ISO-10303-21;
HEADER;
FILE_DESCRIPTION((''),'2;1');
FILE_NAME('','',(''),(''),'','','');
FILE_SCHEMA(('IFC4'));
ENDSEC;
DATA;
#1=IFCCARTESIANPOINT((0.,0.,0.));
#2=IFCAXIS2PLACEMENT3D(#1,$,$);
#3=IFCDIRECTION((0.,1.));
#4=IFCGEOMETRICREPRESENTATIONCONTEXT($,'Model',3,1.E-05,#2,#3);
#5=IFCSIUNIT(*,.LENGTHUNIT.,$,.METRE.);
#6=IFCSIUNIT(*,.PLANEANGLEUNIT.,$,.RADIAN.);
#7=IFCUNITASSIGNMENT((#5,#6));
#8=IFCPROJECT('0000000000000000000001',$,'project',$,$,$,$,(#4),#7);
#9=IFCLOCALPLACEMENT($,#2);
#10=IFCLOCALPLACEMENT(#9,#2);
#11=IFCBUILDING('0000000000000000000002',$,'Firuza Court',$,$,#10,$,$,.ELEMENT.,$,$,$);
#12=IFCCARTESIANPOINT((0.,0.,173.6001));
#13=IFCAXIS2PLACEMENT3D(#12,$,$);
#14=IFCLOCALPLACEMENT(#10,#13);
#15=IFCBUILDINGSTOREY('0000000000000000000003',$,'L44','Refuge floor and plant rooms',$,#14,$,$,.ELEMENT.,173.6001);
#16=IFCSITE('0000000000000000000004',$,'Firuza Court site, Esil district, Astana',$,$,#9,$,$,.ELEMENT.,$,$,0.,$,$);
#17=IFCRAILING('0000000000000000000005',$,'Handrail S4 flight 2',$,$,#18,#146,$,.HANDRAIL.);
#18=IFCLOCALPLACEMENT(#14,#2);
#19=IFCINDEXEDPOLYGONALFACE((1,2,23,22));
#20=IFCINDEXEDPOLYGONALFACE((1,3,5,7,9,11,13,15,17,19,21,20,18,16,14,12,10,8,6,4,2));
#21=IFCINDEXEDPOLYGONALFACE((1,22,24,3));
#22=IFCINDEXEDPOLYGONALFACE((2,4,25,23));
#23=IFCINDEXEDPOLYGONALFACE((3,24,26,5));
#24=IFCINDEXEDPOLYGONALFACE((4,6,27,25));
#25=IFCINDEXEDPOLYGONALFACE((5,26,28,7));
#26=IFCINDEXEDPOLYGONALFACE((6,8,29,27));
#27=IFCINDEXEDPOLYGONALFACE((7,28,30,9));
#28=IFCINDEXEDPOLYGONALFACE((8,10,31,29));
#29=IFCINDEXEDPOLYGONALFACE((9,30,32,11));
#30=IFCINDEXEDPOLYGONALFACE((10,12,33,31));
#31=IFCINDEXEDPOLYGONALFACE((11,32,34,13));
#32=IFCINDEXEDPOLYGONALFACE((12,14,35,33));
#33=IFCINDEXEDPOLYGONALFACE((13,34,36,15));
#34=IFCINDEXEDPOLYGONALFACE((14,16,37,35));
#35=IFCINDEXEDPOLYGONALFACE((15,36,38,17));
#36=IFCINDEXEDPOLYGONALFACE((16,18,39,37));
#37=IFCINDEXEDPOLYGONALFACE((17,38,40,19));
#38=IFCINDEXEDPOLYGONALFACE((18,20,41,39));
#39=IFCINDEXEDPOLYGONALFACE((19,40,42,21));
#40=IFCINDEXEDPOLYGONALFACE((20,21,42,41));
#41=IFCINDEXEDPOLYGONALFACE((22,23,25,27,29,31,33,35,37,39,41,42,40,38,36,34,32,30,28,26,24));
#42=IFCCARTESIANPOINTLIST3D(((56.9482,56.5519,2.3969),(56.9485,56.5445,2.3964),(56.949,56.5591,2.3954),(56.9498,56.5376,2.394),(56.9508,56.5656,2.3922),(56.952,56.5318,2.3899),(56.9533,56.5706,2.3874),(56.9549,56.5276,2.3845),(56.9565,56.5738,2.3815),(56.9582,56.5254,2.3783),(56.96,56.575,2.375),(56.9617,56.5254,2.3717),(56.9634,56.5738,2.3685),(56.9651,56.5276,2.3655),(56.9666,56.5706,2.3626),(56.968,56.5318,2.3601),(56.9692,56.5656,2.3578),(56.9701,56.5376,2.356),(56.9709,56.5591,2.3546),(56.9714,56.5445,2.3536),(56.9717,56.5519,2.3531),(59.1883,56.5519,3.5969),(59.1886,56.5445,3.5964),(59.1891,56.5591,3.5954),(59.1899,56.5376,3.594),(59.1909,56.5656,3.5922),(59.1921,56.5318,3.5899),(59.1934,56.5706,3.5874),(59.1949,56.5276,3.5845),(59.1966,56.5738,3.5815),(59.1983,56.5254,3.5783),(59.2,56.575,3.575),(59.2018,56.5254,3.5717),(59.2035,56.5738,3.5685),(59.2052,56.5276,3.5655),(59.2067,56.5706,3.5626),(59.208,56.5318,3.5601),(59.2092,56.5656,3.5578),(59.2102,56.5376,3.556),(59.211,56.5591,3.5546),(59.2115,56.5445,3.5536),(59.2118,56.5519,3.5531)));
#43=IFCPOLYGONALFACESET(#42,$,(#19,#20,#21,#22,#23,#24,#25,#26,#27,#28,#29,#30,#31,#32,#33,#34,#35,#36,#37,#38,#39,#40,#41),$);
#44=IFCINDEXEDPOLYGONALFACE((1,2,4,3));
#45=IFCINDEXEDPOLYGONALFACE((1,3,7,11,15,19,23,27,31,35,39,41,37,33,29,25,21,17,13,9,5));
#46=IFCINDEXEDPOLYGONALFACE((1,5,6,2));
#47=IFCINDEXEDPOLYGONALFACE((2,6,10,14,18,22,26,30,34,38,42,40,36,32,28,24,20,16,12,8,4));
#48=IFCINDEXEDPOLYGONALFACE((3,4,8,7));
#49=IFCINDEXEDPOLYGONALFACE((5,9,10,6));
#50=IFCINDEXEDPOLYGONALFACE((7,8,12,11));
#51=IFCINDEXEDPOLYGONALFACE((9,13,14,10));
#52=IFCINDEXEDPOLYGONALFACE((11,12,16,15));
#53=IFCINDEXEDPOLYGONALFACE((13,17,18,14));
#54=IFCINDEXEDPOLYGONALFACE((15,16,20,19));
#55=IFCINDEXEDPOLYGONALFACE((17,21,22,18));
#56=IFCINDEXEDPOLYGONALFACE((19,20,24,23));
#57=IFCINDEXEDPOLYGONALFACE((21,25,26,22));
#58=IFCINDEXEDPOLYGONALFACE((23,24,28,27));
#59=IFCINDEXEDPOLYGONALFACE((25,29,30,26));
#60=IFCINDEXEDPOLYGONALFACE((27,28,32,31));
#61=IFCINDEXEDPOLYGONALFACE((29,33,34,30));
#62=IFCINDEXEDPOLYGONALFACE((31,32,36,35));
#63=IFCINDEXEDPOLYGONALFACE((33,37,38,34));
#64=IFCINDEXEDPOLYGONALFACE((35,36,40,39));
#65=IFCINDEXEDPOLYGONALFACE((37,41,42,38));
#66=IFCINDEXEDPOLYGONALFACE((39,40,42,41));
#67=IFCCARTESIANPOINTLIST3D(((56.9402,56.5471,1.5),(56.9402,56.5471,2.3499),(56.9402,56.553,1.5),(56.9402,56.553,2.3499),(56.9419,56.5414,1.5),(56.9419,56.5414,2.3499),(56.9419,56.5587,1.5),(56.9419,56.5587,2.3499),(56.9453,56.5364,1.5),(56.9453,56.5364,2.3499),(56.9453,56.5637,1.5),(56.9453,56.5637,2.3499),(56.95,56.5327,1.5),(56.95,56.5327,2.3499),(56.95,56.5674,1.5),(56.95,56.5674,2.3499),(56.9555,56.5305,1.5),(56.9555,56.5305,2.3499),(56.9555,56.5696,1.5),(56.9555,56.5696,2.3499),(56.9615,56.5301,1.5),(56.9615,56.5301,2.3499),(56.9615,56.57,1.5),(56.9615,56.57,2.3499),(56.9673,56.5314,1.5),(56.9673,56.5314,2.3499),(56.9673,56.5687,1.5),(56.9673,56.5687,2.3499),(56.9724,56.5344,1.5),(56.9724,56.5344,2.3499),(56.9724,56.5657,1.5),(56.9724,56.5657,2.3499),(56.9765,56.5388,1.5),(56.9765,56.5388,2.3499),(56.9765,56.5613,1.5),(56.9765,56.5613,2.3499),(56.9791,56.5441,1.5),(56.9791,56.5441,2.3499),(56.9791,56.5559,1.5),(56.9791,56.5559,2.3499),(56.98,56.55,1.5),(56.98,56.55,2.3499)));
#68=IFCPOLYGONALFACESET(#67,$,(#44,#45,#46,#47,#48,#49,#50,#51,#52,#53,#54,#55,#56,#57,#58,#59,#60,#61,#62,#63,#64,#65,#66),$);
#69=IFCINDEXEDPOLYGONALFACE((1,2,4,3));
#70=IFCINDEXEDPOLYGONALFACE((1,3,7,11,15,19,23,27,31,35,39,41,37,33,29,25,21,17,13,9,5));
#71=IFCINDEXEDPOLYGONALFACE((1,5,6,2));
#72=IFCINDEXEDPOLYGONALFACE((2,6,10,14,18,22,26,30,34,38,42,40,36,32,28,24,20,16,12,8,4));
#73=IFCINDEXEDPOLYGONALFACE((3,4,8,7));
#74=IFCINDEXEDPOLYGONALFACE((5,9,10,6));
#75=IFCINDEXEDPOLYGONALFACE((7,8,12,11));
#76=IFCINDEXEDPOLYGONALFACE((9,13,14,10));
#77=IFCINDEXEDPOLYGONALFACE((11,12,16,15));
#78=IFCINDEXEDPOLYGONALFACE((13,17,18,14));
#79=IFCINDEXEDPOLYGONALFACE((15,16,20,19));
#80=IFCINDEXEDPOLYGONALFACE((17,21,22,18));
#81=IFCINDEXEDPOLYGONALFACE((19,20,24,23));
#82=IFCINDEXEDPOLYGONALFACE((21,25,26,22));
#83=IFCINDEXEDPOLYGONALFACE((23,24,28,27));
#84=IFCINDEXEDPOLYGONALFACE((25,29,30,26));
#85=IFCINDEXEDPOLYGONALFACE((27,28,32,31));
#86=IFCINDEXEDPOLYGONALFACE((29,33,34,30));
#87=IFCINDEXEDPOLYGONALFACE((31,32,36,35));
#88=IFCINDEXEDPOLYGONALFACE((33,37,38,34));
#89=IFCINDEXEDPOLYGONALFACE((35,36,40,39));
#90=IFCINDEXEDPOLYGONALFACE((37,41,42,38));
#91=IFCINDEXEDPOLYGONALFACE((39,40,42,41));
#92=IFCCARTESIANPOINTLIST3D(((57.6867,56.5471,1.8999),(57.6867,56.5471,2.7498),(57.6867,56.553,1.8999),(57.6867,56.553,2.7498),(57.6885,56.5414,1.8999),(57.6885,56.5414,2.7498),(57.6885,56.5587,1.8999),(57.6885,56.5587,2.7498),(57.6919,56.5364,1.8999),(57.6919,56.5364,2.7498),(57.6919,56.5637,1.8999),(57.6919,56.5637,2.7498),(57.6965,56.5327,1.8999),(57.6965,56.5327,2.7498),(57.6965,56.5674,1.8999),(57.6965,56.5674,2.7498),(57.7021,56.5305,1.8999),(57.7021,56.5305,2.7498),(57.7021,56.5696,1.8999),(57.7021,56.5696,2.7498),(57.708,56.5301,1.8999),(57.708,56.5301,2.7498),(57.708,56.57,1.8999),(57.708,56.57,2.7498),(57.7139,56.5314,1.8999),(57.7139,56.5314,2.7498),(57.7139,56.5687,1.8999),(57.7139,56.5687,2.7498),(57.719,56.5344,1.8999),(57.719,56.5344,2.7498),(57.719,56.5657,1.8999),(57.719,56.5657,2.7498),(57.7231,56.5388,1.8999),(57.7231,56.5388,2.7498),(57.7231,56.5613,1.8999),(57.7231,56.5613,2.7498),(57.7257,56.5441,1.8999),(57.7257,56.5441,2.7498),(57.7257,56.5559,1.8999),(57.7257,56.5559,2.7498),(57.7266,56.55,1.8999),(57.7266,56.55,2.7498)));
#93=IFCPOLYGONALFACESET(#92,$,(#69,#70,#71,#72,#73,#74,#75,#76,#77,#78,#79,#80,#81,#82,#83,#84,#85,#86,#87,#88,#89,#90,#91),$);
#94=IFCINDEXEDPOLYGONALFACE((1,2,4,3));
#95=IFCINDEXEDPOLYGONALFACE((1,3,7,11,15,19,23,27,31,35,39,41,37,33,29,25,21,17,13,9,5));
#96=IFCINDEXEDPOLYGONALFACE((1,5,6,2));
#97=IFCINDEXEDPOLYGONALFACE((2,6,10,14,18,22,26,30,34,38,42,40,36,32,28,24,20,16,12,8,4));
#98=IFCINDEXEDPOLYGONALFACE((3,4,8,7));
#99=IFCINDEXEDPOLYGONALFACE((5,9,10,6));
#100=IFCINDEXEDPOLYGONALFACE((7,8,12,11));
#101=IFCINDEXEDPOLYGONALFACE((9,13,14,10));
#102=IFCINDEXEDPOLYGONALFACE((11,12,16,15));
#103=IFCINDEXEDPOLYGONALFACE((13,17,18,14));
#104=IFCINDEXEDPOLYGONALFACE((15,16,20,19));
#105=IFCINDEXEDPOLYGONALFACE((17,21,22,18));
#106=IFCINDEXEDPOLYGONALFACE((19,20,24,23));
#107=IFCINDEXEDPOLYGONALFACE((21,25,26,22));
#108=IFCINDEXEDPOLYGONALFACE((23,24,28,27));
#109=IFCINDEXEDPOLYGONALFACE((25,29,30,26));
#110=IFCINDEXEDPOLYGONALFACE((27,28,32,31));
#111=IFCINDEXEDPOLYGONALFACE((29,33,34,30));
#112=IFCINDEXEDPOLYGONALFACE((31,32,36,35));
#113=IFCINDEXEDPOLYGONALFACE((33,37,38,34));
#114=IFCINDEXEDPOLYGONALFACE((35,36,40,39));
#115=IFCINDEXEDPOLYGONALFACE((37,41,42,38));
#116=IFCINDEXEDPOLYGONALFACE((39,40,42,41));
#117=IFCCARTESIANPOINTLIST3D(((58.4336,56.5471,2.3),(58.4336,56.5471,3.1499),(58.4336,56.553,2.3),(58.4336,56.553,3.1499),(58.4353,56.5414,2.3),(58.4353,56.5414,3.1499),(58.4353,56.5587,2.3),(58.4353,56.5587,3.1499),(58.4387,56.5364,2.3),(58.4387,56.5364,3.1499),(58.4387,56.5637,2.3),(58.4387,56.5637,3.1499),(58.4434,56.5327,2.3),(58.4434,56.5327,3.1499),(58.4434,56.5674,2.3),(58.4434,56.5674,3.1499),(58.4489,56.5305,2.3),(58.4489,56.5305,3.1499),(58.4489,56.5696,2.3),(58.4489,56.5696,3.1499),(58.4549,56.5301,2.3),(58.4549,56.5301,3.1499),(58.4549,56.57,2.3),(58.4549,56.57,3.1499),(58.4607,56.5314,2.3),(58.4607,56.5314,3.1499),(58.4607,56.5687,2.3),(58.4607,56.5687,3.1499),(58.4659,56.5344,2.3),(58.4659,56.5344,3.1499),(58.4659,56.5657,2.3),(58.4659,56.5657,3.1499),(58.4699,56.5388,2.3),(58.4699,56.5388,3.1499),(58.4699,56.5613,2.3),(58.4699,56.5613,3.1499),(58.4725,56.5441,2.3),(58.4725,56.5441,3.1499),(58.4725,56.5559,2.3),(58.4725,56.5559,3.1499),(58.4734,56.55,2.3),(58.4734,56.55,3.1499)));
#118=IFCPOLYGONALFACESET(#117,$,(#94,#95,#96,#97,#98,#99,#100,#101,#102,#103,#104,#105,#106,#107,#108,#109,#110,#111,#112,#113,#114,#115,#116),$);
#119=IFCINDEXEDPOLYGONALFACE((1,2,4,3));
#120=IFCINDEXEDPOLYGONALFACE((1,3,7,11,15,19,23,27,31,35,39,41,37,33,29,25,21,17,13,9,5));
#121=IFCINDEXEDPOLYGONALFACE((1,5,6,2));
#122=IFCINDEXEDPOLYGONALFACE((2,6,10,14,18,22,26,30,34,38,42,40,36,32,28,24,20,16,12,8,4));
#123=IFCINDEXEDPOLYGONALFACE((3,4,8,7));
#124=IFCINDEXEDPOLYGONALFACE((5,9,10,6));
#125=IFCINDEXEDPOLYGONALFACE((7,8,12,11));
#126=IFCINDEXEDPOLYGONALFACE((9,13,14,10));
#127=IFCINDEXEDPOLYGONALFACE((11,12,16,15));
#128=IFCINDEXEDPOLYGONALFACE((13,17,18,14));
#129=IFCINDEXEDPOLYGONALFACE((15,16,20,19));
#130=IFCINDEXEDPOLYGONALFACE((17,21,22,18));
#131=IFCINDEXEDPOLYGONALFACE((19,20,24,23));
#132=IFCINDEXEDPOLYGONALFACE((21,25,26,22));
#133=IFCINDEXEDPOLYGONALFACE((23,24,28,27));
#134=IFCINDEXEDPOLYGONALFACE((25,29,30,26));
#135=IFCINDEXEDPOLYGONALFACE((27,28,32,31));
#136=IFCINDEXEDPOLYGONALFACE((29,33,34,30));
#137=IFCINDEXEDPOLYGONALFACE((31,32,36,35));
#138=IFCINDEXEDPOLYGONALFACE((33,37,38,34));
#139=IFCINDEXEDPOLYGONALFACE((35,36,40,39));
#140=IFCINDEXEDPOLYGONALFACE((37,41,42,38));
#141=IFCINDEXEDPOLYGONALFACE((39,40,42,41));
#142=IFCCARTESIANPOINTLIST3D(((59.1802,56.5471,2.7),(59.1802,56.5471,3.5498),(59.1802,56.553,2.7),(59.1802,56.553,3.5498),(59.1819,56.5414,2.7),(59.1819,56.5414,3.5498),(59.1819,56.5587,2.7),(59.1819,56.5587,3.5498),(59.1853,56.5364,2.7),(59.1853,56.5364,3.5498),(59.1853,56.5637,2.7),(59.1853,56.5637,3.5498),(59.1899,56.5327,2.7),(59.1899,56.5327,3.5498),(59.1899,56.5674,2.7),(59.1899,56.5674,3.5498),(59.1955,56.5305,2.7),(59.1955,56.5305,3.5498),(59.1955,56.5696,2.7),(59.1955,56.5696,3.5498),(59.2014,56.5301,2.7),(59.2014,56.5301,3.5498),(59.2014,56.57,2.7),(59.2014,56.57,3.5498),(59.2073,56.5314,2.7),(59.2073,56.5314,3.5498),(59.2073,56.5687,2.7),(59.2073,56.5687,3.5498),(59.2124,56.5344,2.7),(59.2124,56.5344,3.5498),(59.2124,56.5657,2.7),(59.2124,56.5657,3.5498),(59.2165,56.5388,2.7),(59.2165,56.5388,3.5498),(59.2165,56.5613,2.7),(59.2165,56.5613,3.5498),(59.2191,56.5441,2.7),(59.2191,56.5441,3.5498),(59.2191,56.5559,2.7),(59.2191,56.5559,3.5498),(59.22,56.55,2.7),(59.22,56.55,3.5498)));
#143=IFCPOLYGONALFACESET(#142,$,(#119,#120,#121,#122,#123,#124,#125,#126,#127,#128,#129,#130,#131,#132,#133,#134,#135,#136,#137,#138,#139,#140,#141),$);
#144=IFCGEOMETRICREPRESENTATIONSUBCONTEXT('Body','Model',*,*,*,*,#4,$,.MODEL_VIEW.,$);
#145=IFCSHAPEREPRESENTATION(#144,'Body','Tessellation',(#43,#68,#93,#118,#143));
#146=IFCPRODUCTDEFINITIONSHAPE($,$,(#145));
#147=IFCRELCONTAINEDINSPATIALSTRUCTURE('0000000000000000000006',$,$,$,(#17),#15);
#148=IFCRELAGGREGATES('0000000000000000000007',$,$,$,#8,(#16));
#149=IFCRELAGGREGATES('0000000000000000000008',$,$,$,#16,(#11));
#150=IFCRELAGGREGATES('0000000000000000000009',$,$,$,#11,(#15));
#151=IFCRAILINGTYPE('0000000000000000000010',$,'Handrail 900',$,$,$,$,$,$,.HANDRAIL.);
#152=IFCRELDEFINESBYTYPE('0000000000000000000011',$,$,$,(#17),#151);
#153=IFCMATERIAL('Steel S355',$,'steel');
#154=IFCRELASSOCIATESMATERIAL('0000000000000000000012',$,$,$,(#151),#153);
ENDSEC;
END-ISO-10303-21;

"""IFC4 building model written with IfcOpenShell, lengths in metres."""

from ifc_helpers import new_model, si_unit, direction, frame, origin, origin_2d, place, context, subcontext, project, spatial, circle, extrude, material, type_object, element, save


model = new_model("IFC4")

# Units and contexts
model_context = context("Model", 3, precision=1e-05, world=origin(), true_north=direction((0.0, 1.0)))
body_context = subcontext(model_context, "Body", "Model", "MODEL_VIEW")
ifc_project = project(units=[si_unit("LENGTHUNIT", "METRE"), si_unit("PLANEANGLEUNIT", "RADIAN")], contexts=[model_context])

# Site, building, storey
site_placement = place(None, origin())
site = spatial("IfcSite", under=ifc_project, at=site_placement, Name="Firuza Court site, Esil district, Astana", CompositionType="ELEMENT", RefElevation=0.0)
building_placement = place(site_placement, origin())
building = spatial("IfcBuilding", under=site, at=building_placement, Name="Firuza Court", CompositionType="ELEMENT")
storey_placement = place(building_placement, frame((0.0, 0.0, 173.6001)))
storey = spatial("IfcBuildingStorey", under=building, at=storey_placement, Name="L44", Description="Refuge floor and plant rooms", CompositionType="ELEMENT", Elevation=173.6001)

# Railing
ifc_material_1 = material(Name="Steel S355", Category="steel")
railing_type_1 = type_object("IfcRailingType", Name="Handrail 900", PredefinedType="HANDRAIL", material=ifc_material_1)
for number, where, name in (
    (1, (56.96, 56.55, 1.5), "Handrail S4 flight 2"),
):
    element("IfcRailing", number, at=place(storey_placement, frame(where)), inside=storey, type_object=railing_type_1, Name=name, PredefinedType="HANDRAIL", context=body_context, shape_type="SweptSolid", body=[
        extrude(circle(Radius=0.0249, at=origin_2d()), frame((0.0, 0.0, 0.875), z_axis=(0.881487, 0.0, 0.472208), x_axis=(0.0, 1.0, 0.0)), (0.0, 0.0, 1.0), 2.5413),
        extrude(circle(Radius=0.02, at=origin_2d()), origin(), (0.0, 0.0, 1.0), 0.8499),
        extrude(circle(Radius=0.02, at=origin_2d()), frame((0.7466, 0.0, 0.3999)), (0.0, 0.0, 1.0), 0.8499),
        extrude(circle(Radius=0.02, at=origin_2d()), frame((1.4934, 0.0, 0.8)), (0.0, 0.0, 1.0), 0.8499),
        extrude(circle(Radius=0.02, at=origin_2d()), frame((2.24, 0.0, 1.2)), (0.0, 0.0, 1.0), 0.8499),
    ])

save(model, "model.ifc")
